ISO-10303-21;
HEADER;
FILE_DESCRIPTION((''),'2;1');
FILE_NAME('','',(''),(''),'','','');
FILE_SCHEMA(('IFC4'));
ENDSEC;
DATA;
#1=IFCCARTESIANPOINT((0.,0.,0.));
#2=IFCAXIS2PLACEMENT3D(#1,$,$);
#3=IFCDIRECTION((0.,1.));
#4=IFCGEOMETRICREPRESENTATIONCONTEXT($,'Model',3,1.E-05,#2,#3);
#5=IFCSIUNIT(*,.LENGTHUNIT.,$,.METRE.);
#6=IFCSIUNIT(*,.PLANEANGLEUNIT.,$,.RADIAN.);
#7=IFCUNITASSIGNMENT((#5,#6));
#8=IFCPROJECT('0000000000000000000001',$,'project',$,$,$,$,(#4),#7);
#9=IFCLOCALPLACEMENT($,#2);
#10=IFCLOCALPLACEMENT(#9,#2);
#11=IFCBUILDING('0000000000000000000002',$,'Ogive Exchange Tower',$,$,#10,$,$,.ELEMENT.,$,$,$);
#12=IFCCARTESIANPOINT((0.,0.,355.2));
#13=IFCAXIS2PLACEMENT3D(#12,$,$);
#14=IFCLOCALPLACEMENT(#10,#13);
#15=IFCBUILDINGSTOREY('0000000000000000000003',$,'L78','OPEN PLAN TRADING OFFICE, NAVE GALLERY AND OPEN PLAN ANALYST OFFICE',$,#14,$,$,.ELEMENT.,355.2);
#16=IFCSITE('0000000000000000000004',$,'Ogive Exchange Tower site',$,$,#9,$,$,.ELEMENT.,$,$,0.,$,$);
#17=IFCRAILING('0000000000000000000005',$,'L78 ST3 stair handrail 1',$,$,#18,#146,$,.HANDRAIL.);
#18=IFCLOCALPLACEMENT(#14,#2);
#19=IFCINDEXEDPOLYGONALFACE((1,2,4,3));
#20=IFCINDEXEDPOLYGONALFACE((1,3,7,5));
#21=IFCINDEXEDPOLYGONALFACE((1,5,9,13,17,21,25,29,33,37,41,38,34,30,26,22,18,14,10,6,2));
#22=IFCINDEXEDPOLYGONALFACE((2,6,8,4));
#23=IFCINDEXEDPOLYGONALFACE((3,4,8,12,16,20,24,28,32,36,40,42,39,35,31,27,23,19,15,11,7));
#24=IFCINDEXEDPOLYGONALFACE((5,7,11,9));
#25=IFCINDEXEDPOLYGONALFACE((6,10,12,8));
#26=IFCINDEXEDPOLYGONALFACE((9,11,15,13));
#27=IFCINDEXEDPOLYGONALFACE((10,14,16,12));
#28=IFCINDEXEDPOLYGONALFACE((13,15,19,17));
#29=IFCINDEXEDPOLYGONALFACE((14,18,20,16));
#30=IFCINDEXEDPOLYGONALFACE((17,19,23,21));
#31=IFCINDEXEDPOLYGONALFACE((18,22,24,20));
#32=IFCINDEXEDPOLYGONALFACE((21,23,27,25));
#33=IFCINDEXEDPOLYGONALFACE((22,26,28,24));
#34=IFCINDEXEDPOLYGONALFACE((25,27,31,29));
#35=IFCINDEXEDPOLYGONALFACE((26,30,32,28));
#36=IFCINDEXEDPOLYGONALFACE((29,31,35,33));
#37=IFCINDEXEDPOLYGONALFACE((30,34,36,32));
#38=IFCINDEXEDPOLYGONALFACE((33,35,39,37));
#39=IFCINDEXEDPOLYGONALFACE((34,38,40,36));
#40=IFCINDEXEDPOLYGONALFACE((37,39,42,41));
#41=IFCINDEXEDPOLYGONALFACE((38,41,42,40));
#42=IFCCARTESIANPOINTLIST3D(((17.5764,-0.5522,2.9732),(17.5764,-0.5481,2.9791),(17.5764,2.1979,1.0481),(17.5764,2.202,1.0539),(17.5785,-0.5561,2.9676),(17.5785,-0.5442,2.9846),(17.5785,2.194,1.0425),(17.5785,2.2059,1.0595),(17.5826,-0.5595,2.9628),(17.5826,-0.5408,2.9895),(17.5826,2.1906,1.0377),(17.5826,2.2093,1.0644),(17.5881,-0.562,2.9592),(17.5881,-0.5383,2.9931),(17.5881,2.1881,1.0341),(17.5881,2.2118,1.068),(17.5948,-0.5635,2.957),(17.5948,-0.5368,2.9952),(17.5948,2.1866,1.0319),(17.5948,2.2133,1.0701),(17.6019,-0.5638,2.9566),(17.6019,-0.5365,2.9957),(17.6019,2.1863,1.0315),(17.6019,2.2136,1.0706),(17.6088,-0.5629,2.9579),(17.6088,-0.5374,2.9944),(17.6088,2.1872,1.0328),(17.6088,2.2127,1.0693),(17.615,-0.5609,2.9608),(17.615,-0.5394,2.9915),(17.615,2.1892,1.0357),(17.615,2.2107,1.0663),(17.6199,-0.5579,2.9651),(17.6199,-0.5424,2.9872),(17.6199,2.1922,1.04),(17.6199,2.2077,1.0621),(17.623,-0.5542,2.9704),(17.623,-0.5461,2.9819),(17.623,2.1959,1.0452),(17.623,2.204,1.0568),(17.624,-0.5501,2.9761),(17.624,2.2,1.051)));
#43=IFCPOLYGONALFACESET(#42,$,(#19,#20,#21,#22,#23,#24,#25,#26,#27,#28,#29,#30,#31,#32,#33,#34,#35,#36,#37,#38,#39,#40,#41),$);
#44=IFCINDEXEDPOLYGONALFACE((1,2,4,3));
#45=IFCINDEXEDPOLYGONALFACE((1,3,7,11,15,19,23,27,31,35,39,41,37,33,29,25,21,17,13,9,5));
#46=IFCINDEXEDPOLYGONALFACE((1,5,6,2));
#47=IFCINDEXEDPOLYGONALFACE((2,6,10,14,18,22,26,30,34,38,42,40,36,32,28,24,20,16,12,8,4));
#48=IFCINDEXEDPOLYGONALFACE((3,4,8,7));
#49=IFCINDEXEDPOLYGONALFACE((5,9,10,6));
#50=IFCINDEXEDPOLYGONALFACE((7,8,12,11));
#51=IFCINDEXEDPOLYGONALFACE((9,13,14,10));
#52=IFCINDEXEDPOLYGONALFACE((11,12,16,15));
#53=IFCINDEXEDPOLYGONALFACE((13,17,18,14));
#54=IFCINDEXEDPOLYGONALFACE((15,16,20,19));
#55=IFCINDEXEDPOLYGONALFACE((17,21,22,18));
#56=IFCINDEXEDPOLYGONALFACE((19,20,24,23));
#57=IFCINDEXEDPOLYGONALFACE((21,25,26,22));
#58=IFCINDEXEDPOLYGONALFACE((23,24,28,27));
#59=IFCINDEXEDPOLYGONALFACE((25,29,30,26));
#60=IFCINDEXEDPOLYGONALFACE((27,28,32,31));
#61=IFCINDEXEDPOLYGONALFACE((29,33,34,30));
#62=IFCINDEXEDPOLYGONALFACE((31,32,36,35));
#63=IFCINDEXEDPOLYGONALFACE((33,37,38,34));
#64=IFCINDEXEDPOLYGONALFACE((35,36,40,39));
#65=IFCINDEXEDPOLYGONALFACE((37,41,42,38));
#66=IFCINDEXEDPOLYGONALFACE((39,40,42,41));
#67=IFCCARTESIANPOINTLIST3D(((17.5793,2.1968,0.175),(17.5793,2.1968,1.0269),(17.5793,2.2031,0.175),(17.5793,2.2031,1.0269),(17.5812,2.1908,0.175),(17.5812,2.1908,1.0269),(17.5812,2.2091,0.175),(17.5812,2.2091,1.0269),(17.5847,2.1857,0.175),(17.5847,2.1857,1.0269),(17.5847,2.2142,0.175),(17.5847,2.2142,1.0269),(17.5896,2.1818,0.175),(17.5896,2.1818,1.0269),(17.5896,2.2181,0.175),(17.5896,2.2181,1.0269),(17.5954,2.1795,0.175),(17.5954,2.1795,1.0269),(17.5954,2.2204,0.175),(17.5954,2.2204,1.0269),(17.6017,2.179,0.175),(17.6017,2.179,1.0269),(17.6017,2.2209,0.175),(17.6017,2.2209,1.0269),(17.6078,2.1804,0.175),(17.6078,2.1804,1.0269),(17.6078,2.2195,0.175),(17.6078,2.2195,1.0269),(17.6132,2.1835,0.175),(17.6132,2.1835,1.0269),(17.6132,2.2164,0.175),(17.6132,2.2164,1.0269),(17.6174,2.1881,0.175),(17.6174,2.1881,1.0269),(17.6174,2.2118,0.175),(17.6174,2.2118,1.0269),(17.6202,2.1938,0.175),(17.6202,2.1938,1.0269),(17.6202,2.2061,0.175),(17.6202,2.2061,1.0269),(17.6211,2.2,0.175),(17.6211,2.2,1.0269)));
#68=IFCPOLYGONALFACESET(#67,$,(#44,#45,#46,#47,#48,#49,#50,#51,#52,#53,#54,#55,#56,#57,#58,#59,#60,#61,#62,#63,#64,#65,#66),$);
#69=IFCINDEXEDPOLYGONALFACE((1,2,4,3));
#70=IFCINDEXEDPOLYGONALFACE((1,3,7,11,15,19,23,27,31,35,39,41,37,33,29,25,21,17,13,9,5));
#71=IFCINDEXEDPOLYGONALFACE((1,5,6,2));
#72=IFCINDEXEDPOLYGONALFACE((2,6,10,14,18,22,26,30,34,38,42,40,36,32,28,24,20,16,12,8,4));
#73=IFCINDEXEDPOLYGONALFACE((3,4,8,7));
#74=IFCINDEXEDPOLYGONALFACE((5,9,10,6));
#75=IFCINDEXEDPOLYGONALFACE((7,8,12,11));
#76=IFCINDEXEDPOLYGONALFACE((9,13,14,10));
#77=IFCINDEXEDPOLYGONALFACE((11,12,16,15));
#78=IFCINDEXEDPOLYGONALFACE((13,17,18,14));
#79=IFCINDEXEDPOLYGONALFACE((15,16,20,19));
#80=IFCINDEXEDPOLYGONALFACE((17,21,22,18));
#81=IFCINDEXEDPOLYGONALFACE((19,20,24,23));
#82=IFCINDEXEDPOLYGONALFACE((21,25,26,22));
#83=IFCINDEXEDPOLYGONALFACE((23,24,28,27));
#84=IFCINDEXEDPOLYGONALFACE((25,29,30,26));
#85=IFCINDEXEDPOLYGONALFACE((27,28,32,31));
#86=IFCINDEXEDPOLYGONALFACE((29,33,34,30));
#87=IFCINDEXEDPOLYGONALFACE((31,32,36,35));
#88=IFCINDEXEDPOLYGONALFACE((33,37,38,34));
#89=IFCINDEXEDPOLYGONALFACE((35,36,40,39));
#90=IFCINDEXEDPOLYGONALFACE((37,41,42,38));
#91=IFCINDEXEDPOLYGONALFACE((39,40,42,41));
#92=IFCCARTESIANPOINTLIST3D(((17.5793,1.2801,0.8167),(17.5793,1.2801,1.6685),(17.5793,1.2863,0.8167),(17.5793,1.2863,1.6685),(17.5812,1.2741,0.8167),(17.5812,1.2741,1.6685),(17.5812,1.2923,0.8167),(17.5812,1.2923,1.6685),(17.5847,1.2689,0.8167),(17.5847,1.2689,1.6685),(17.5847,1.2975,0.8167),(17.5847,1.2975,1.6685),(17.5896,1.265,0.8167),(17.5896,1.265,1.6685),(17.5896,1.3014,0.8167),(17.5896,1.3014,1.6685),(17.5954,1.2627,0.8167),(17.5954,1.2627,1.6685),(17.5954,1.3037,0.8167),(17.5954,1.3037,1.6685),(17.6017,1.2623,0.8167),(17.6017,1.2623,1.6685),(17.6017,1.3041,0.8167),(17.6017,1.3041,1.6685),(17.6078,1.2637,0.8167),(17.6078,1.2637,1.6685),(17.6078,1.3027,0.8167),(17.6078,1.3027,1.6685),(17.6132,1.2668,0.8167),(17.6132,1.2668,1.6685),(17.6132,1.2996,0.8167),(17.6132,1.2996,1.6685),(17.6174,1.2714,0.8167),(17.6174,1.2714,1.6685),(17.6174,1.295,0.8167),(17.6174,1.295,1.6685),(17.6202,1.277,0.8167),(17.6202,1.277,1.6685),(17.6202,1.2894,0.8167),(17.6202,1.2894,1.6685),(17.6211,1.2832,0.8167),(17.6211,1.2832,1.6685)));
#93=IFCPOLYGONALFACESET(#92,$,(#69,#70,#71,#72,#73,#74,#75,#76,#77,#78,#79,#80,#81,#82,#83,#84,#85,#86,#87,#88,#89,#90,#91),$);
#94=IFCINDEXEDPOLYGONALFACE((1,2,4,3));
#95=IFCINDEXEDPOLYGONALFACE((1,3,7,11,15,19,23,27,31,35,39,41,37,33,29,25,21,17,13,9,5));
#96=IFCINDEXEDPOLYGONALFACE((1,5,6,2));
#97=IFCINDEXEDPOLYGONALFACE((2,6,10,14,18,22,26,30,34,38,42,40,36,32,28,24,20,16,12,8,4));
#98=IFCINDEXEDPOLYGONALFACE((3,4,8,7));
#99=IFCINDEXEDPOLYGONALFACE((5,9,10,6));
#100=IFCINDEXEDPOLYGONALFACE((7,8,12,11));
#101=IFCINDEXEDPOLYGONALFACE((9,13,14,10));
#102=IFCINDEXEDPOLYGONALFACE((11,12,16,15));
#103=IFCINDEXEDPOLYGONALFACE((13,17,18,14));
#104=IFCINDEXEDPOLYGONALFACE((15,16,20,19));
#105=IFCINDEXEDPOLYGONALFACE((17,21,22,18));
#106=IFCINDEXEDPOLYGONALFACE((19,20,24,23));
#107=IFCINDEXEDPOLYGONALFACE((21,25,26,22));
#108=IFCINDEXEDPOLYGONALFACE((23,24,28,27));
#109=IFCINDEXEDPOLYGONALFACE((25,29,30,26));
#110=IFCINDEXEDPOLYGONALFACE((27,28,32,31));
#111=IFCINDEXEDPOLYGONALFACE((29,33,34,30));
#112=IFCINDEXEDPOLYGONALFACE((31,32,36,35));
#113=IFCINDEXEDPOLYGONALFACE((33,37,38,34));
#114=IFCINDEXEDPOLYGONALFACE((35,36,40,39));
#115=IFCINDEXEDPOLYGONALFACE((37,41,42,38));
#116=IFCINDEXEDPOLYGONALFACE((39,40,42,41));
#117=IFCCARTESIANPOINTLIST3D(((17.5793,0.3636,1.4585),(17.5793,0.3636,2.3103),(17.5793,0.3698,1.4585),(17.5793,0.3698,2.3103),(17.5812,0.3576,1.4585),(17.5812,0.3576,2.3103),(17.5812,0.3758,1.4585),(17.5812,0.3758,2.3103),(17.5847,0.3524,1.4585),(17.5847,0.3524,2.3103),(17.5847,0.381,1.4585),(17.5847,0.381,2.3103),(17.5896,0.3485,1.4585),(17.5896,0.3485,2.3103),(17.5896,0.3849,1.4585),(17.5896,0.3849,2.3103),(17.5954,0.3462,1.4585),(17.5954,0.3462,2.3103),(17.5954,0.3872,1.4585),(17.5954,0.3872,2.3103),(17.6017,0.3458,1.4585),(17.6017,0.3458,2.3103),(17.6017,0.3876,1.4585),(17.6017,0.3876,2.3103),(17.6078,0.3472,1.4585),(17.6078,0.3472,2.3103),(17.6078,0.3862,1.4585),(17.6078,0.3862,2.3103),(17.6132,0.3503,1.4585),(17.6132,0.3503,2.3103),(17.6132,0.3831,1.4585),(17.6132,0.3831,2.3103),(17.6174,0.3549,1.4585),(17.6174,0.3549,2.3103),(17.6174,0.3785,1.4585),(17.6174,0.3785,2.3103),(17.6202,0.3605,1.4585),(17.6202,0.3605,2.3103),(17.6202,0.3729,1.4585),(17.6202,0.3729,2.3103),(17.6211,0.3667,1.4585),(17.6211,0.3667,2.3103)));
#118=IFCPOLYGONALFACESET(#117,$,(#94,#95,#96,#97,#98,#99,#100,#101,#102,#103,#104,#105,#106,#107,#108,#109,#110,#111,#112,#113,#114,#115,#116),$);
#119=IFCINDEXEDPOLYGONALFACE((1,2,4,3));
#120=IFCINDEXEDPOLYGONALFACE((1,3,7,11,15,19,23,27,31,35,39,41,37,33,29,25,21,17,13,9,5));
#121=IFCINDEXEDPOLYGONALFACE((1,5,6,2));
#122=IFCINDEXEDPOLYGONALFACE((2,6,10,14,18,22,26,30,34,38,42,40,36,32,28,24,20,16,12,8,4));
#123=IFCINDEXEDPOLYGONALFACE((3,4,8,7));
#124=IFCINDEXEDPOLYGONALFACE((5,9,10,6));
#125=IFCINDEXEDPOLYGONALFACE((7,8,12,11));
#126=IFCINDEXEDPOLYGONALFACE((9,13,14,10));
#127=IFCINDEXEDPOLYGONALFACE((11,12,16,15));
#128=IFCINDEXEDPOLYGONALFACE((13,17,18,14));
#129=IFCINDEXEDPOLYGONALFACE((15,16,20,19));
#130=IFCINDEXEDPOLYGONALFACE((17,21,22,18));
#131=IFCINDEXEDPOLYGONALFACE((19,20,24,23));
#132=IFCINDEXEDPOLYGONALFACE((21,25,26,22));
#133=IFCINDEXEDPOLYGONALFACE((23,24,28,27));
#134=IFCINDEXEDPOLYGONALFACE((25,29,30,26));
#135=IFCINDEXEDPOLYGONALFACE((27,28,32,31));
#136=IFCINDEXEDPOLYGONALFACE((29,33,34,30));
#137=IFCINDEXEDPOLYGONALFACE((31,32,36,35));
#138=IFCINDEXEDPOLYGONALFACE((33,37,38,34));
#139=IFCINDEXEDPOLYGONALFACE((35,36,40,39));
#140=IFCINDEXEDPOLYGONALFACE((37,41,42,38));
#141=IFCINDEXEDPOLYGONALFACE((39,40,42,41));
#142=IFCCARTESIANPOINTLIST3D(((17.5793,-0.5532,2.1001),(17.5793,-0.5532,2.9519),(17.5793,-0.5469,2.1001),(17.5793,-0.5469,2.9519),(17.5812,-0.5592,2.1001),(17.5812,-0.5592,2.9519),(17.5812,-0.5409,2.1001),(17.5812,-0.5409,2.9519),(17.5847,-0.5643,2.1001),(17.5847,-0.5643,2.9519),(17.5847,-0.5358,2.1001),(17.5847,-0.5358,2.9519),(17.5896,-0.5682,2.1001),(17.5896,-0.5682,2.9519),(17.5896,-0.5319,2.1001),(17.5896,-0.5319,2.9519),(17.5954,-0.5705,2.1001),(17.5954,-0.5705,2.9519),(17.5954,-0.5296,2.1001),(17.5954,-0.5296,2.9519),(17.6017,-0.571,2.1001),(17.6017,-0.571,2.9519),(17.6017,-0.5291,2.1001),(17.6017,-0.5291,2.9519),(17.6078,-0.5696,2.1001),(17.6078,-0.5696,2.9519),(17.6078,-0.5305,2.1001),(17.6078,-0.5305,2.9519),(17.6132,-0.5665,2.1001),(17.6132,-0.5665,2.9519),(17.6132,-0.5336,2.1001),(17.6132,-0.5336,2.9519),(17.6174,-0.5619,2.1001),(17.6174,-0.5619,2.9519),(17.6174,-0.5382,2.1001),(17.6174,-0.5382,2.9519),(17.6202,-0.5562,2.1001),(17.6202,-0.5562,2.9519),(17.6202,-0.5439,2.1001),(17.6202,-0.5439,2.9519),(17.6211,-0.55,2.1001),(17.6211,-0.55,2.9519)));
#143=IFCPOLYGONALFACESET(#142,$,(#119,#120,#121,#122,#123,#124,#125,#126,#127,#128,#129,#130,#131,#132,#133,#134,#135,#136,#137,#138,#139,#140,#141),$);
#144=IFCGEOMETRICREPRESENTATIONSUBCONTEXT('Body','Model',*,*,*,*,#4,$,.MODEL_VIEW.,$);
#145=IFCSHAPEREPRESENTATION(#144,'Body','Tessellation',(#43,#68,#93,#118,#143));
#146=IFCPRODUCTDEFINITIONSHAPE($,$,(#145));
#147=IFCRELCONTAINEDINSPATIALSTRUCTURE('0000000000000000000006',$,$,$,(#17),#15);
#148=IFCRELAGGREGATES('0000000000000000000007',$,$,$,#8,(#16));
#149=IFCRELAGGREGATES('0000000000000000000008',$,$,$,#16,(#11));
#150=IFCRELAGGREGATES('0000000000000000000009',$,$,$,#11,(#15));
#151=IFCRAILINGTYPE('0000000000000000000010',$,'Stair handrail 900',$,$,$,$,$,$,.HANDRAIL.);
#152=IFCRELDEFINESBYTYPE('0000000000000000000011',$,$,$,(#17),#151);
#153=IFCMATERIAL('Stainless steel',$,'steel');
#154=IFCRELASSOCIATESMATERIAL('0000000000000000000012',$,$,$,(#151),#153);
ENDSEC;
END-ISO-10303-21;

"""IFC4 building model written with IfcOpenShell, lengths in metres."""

from ifc_helpers import new_model, si_unit, direction, frame, origin, origin_2d, place, context, subcontext, project, spatial, circle, extrude, material, type_object, element, save


model = new_model("IFC4")

# Units and contexts
model_context = context("Model", 3, precision=1e-05, world=origin(), true_north=direction((0.0, 1.0)))
body_context = subcontext(model_context, "Body", "Model", "MODEL_VIEW")
ifc_project = project(units=[si_unit("LENGTHUNIT", "METRE"), si_unit("PLANEANGLEUNIT", "RADIAN")], contexts=[model_context])

# Site, building, storey
site_placement = place(None, origin())
site = spatial("IfcSite", under=ifc_project, at=site_placement, Name="Ogive Exchange Tower site", CompositionType="ELEMENT", RefElevation=0.0)
building_placement = place(site_placement, origin())
building = spatial("IfcBuilding", under=site, at=building_placement, Name="Ogive Exchange Tower", CompositionType="ELEMENT")
storey_placement = place(building_placement, frame((0.0, 0.0, 355.2)))
storey = spatial("IfcBuildingStorey", under=building, at=storey_placement, Name="L78", Description="OPEN PLAN TRADING OFFICE, NAVE GALLERY AND OPEN PLAN ANALYST OFFICE", CompositionType="ELEMENT", Elevation=355.2)

# Shared definitions
ifc_material_1 = material(Name="Stainless steel", Category="steel")

# Railing
railing_type = type_object("IfcRailingType", Name="Stair handrail 900", PredefinedType="HANDRAIL", material=ifc_material_1)
railing_1_placement = place(storey_placement, frame((17.6001, 2.2, 0.175)))
element("IfcRailing", 1, at=railing_1_placement, inside=storey, type_object=railing_type, Name="L78 ST3 stair handrail 1", PredefinedType="HANDRAIL", context=body_context, shape_type="SweptSolid", body=[
    extrude(circle(Radius=0.0239, at=origin_2d()), frame((0.0, 0.0, 0.876), z_axis=(0.0, -0.819225, 0.573472), x_axis=(1.0, 0.0, 0.0)), (0.0, 0.0, 1.0), 3.3569),
    extrude(circle(Radius=0.021, at=origin_2d()), origin(), (0.0, 0.0, 1.0), 0.8518),
    extrude(circle(Radius=0.021, at=origin_2d()), frame((0.0, -0.9167, 0.6416)), (0.0, 0.0, 1.0), 0.8518),
    extrude(circle(Radius=0.021, at=origin_2d()), frame((0.0, -1.8333, 1.2834)), (0.0, 0.0, 1.0), 0.8518),
    extrude(circle(Radius=0.021, at=origin_2d()), frame((0.0, -2.75, 1.925)), (0.0, 0.0, 1.0), 0.8518),
])

save(model, "model.ifc")
